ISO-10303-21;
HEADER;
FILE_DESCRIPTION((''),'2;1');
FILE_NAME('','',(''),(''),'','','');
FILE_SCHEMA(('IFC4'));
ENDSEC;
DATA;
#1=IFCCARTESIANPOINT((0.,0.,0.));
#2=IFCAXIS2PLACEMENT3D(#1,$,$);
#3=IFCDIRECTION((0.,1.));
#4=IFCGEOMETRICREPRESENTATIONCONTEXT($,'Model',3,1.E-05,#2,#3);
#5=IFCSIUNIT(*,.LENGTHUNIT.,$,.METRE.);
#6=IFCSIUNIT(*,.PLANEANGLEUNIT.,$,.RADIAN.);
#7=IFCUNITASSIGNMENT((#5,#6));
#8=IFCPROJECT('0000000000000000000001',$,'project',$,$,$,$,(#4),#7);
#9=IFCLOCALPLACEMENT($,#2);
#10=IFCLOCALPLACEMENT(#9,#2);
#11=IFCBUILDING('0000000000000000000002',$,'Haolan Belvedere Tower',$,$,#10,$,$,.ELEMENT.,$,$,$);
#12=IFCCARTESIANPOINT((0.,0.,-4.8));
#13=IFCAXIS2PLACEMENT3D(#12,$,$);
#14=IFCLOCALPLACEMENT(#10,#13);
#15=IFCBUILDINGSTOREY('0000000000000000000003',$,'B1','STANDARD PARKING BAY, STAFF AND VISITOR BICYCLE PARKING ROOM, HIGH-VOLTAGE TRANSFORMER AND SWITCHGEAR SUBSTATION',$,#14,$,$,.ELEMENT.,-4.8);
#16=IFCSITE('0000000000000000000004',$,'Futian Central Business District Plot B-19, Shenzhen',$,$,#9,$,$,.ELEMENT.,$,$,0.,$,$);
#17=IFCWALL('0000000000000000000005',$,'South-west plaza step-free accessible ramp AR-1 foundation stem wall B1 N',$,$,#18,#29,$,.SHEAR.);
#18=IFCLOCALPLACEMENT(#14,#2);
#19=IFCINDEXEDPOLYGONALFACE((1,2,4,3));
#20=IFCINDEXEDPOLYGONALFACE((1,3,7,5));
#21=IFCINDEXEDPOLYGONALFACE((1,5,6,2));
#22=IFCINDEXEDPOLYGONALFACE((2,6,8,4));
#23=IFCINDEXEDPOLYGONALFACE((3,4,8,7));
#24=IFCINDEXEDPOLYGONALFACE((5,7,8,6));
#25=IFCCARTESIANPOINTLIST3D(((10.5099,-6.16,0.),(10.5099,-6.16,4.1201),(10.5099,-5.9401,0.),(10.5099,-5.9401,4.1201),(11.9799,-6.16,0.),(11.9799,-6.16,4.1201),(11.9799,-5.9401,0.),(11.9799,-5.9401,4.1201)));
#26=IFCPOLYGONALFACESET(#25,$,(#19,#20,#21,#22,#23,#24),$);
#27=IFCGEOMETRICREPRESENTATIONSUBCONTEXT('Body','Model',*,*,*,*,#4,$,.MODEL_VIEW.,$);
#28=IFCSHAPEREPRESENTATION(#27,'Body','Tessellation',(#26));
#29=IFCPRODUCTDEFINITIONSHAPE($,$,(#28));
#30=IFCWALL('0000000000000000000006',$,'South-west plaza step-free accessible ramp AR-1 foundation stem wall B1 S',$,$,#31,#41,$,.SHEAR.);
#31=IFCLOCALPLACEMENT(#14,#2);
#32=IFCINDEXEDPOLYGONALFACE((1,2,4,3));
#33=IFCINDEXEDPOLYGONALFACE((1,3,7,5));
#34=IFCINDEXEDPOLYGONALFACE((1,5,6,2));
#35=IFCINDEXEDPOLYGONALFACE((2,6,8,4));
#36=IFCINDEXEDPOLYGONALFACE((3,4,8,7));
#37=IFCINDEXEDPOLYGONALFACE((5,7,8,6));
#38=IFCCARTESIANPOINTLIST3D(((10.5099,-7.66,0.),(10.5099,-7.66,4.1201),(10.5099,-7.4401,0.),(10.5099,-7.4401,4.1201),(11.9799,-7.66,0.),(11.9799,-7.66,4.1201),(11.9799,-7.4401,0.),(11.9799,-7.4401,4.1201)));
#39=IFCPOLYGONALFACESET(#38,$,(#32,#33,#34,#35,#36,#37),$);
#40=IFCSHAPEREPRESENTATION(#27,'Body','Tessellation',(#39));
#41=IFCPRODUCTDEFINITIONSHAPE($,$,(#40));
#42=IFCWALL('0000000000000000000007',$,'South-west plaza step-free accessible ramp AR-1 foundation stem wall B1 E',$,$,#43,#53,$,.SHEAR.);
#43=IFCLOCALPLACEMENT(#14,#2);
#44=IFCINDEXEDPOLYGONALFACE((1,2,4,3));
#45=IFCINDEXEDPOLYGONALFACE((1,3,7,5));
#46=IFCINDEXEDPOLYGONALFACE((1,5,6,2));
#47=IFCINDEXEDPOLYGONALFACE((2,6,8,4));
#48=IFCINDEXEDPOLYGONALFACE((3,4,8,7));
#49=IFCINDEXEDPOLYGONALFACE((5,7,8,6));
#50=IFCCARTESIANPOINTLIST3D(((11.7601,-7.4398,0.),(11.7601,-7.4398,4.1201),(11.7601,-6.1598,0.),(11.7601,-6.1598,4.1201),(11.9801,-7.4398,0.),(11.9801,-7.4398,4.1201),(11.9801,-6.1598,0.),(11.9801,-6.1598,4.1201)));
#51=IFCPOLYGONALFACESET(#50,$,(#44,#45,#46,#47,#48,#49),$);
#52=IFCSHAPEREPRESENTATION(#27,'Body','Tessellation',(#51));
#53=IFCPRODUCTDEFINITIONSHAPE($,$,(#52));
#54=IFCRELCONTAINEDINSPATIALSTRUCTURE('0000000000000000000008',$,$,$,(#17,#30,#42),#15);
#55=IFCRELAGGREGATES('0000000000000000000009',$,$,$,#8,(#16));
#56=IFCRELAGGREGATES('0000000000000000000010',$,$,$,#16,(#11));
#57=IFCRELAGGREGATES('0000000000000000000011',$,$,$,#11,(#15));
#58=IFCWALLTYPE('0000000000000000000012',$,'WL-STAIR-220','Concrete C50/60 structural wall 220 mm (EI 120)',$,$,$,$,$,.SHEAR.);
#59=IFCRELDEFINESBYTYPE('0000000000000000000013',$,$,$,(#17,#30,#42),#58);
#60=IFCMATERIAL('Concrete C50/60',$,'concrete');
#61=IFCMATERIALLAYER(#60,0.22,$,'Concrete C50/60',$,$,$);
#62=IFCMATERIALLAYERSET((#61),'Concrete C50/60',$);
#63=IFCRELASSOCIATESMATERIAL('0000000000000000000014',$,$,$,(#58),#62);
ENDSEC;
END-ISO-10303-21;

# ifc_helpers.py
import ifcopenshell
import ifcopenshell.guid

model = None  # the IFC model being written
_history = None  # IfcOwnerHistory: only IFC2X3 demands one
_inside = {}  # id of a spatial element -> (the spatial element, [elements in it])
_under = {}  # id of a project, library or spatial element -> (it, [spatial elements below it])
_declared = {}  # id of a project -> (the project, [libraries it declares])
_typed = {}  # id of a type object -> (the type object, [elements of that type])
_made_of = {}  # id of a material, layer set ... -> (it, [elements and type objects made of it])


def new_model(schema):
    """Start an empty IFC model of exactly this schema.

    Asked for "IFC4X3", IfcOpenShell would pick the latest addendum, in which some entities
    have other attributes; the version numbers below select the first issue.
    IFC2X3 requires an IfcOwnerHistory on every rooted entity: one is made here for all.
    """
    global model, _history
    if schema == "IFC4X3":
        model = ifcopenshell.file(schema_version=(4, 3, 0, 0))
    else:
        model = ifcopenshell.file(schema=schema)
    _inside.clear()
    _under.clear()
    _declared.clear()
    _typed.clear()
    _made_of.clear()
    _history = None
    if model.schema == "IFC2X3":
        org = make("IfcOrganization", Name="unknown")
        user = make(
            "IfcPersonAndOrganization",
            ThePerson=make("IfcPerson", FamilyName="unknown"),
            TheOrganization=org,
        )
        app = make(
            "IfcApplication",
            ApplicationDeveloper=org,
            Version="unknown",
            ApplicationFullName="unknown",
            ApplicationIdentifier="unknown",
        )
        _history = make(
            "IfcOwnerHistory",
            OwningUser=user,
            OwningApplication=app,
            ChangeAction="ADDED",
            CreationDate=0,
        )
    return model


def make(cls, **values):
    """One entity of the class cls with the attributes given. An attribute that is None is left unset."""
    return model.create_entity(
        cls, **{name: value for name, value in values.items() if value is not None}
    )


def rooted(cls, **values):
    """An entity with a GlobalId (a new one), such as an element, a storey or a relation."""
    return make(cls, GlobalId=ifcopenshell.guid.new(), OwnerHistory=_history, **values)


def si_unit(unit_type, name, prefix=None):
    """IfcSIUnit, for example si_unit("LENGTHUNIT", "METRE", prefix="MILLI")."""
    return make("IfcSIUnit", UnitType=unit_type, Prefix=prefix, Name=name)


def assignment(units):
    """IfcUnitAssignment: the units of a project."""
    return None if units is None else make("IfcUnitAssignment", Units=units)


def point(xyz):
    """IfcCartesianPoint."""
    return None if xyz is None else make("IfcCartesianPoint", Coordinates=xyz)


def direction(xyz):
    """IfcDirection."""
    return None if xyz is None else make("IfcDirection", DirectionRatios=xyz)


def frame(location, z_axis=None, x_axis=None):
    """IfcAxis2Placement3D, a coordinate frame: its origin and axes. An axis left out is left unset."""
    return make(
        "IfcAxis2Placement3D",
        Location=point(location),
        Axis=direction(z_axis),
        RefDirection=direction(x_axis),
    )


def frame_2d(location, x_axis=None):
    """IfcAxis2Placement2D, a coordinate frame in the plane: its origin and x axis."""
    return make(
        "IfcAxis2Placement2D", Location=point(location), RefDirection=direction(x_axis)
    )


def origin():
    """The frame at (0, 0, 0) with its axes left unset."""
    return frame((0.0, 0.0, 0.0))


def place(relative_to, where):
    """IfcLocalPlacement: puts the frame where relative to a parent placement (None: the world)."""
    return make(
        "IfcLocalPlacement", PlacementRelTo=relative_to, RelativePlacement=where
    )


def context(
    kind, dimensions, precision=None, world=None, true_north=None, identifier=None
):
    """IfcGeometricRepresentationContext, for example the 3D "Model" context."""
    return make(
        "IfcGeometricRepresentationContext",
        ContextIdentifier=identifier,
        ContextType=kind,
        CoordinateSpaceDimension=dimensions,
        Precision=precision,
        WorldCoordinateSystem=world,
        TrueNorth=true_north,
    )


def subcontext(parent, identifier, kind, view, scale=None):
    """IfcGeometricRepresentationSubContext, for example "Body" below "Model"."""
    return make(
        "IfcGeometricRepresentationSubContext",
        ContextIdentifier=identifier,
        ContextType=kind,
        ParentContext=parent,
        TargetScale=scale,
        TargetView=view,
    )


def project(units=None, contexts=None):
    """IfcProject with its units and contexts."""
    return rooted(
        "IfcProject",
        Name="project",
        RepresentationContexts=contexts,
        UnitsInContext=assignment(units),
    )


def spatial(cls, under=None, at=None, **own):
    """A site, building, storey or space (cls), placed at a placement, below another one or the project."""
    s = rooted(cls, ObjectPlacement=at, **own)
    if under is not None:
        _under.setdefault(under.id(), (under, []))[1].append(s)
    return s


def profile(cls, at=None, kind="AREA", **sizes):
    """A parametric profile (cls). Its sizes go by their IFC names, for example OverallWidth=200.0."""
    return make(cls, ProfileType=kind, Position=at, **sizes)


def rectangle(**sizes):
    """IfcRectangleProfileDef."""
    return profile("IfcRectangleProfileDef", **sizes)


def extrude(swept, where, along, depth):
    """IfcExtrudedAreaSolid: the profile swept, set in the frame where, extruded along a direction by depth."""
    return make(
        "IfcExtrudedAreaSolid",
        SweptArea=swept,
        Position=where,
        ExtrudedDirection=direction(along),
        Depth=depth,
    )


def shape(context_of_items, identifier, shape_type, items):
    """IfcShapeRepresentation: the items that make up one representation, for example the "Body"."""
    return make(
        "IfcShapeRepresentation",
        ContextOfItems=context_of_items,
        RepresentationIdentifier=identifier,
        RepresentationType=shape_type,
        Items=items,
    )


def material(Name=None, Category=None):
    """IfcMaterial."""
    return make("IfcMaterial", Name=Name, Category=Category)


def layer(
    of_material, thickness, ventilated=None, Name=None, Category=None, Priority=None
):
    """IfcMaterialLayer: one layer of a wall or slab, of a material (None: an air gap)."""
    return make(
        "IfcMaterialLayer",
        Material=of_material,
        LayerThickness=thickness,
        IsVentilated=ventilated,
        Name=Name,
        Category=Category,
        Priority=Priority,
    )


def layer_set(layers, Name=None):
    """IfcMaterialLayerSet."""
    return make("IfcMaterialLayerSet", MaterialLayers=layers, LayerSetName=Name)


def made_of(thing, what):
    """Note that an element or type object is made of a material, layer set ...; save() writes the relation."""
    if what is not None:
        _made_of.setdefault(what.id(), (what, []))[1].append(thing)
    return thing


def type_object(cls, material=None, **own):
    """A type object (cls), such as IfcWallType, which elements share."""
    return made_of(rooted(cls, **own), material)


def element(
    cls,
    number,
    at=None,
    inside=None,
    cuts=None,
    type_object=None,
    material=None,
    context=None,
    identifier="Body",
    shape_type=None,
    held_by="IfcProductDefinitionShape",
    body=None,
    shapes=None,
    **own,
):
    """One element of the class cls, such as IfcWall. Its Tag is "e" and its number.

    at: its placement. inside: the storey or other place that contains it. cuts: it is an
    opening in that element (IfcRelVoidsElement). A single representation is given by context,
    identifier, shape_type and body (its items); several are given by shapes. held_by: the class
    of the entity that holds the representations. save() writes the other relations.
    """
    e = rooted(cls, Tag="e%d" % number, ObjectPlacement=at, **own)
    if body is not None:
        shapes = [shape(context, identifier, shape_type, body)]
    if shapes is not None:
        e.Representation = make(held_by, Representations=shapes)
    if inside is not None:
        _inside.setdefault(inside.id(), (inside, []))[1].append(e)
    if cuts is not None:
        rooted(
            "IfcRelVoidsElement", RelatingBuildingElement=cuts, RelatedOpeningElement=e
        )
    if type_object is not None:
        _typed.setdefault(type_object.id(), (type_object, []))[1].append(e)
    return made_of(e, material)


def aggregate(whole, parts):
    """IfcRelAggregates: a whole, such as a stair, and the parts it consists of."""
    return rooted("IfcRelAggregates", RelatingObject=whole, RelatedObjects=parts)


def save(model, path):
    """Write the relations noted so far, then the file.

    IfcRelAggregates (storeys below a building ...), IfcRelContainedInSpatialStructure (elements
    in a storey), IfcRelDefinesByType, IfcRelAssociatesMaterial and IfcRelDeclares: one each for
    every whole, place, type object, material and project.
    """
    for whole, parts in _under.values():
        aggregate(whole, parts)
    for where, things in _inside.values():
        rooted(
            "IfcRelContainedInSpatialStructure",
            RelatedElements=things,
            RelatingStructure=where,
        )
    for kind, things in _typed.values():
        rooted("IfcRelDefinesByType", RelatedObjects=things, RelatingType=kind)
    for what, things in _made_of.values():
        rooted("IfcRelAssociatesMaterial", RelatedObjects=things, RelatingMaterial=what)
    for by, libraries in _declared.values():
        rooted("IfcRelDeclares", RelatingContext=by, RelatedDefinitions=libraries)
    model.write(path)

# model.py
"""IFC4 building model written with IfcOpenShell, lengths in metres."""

from ifc_helpers import new_model, si_unit, direction, frame, frame_2d, origin, place, context, subcontext, project, spatial, rectangle, extrude, material, layer, layer_set, type_object, element, save


model = new_model("IFC4")

# Units and contexts
model_context = context("Model", 3, precision=1e-05, world=origin(), true_north=direction((0.0, 1.0)))
body_context = subcontext(model_context, "Body", "Model", "MODEL_VIEW")
ifc_project = project(units=[si_unit("LENGTHUNIT", "METRE"), si_unit("PLANEANGLEUNIT", "RADIAN")], contexts=[model_context])

# Site, building, storey
site_placement = place(None, origin())
site = spatial("IfcSite", under=ifc_project, at=site_placement, Name="Futian Central Business District Plot B-19, Shenzhen", CompositionType="ELEMENT", RefElevation=0.0)
building_placement = place(site_placement, origin())
building = spatial("IfcBuilding", under=site, at=building_placement, Name="Haolan Belvedere Tower", CompositionType="ELEMENT")
storey_placement = place(building_placement, frame((0.0, 0.0, -4.8)))
storey = spatial("IfcBuildingStorey", under=building, at=storey_placement, Name="B1", Description="STANDARD PARKING BAY, STAFF AND VISITOR BICYCLE PARKING ROOM, HIGH-VOLTAGE TRANSFORMER AND SWITCHGEAR SUBSTATION", CompositionType="ELEMENT", Elevation=-4.8)

# Shared definitions
ifc_material_1 = material(Name="Concrete C50/60", Category="concrete")

# Walls
ifc_layer_1 = layer(ifc_material_1, 0.22, Name="Concrete C50/60")
ifc_layer_set_1 = layer_set([ifc_layer_1], Name="Concrete C50/60")
wall_type_1 = type_object("IfcWallType", Name="WL-STAIR-220", Description="Concrete C50/60 structural wall 220 mm (EI 120)", PredefinedType="SHEAR", material=ifc_layer_set_1)
for number, where, z_axis, x_axis, name in (
    (1, (10.51, -6.05, 0.0), (0.0, 0.0, 1.0), (1.0, 0.0, 0.0), "South-west plaza step-free accessible ramp AR-1 foundation stem wall B1 N"),
    (2, (10.51, -7.55, 0.0), (0.0, 0.0, 1.0), (1.0, 0.0, 0.0), "South-west plaza step-free accessible ramp AR-1 foundation stem wall B1 S"),
):
    element("IfcWall", number, at=place(storey_placement, frame(where, z_axis=z_axis, x_axis=x_axis)), inside=storey, type_object=wall_type_1, Name=name, PredefinedType="SHEAR", context=body_context, shape_type="SweptSolid", body=[
        extrude(rectangle(XDim=1.47, YDim=0.22, at=frame_2d((0.7349, 0.0))), origin(), (0.0, 0.0, 1.0), 4.1201),
    ])
wall_1_placement = place(storey_placement, frame((11.8701, -7.4399, 0.0), z_axis=(0.0, 0.0, 1.0), x_axis=(0.0, 1.0, 0.0)))
element("IfcWall", 3, at=wall_1_placement, inside=storey, type_object=wall_type_1, Name="South-west plaza step-free accessible ramp AR-1 foundation stem wall B1 E", PredefinedType="SHEAR", context=body_context, shape_type="SweptSolid", body=[
    extrude(rectangle(XDim=1.28, YDim=0.22, at=frame_2d((0.6401, 0.0))), origin(), (0.0, 0.0, 1.0), 4.1201),
])

save(model, "model.ifc")
